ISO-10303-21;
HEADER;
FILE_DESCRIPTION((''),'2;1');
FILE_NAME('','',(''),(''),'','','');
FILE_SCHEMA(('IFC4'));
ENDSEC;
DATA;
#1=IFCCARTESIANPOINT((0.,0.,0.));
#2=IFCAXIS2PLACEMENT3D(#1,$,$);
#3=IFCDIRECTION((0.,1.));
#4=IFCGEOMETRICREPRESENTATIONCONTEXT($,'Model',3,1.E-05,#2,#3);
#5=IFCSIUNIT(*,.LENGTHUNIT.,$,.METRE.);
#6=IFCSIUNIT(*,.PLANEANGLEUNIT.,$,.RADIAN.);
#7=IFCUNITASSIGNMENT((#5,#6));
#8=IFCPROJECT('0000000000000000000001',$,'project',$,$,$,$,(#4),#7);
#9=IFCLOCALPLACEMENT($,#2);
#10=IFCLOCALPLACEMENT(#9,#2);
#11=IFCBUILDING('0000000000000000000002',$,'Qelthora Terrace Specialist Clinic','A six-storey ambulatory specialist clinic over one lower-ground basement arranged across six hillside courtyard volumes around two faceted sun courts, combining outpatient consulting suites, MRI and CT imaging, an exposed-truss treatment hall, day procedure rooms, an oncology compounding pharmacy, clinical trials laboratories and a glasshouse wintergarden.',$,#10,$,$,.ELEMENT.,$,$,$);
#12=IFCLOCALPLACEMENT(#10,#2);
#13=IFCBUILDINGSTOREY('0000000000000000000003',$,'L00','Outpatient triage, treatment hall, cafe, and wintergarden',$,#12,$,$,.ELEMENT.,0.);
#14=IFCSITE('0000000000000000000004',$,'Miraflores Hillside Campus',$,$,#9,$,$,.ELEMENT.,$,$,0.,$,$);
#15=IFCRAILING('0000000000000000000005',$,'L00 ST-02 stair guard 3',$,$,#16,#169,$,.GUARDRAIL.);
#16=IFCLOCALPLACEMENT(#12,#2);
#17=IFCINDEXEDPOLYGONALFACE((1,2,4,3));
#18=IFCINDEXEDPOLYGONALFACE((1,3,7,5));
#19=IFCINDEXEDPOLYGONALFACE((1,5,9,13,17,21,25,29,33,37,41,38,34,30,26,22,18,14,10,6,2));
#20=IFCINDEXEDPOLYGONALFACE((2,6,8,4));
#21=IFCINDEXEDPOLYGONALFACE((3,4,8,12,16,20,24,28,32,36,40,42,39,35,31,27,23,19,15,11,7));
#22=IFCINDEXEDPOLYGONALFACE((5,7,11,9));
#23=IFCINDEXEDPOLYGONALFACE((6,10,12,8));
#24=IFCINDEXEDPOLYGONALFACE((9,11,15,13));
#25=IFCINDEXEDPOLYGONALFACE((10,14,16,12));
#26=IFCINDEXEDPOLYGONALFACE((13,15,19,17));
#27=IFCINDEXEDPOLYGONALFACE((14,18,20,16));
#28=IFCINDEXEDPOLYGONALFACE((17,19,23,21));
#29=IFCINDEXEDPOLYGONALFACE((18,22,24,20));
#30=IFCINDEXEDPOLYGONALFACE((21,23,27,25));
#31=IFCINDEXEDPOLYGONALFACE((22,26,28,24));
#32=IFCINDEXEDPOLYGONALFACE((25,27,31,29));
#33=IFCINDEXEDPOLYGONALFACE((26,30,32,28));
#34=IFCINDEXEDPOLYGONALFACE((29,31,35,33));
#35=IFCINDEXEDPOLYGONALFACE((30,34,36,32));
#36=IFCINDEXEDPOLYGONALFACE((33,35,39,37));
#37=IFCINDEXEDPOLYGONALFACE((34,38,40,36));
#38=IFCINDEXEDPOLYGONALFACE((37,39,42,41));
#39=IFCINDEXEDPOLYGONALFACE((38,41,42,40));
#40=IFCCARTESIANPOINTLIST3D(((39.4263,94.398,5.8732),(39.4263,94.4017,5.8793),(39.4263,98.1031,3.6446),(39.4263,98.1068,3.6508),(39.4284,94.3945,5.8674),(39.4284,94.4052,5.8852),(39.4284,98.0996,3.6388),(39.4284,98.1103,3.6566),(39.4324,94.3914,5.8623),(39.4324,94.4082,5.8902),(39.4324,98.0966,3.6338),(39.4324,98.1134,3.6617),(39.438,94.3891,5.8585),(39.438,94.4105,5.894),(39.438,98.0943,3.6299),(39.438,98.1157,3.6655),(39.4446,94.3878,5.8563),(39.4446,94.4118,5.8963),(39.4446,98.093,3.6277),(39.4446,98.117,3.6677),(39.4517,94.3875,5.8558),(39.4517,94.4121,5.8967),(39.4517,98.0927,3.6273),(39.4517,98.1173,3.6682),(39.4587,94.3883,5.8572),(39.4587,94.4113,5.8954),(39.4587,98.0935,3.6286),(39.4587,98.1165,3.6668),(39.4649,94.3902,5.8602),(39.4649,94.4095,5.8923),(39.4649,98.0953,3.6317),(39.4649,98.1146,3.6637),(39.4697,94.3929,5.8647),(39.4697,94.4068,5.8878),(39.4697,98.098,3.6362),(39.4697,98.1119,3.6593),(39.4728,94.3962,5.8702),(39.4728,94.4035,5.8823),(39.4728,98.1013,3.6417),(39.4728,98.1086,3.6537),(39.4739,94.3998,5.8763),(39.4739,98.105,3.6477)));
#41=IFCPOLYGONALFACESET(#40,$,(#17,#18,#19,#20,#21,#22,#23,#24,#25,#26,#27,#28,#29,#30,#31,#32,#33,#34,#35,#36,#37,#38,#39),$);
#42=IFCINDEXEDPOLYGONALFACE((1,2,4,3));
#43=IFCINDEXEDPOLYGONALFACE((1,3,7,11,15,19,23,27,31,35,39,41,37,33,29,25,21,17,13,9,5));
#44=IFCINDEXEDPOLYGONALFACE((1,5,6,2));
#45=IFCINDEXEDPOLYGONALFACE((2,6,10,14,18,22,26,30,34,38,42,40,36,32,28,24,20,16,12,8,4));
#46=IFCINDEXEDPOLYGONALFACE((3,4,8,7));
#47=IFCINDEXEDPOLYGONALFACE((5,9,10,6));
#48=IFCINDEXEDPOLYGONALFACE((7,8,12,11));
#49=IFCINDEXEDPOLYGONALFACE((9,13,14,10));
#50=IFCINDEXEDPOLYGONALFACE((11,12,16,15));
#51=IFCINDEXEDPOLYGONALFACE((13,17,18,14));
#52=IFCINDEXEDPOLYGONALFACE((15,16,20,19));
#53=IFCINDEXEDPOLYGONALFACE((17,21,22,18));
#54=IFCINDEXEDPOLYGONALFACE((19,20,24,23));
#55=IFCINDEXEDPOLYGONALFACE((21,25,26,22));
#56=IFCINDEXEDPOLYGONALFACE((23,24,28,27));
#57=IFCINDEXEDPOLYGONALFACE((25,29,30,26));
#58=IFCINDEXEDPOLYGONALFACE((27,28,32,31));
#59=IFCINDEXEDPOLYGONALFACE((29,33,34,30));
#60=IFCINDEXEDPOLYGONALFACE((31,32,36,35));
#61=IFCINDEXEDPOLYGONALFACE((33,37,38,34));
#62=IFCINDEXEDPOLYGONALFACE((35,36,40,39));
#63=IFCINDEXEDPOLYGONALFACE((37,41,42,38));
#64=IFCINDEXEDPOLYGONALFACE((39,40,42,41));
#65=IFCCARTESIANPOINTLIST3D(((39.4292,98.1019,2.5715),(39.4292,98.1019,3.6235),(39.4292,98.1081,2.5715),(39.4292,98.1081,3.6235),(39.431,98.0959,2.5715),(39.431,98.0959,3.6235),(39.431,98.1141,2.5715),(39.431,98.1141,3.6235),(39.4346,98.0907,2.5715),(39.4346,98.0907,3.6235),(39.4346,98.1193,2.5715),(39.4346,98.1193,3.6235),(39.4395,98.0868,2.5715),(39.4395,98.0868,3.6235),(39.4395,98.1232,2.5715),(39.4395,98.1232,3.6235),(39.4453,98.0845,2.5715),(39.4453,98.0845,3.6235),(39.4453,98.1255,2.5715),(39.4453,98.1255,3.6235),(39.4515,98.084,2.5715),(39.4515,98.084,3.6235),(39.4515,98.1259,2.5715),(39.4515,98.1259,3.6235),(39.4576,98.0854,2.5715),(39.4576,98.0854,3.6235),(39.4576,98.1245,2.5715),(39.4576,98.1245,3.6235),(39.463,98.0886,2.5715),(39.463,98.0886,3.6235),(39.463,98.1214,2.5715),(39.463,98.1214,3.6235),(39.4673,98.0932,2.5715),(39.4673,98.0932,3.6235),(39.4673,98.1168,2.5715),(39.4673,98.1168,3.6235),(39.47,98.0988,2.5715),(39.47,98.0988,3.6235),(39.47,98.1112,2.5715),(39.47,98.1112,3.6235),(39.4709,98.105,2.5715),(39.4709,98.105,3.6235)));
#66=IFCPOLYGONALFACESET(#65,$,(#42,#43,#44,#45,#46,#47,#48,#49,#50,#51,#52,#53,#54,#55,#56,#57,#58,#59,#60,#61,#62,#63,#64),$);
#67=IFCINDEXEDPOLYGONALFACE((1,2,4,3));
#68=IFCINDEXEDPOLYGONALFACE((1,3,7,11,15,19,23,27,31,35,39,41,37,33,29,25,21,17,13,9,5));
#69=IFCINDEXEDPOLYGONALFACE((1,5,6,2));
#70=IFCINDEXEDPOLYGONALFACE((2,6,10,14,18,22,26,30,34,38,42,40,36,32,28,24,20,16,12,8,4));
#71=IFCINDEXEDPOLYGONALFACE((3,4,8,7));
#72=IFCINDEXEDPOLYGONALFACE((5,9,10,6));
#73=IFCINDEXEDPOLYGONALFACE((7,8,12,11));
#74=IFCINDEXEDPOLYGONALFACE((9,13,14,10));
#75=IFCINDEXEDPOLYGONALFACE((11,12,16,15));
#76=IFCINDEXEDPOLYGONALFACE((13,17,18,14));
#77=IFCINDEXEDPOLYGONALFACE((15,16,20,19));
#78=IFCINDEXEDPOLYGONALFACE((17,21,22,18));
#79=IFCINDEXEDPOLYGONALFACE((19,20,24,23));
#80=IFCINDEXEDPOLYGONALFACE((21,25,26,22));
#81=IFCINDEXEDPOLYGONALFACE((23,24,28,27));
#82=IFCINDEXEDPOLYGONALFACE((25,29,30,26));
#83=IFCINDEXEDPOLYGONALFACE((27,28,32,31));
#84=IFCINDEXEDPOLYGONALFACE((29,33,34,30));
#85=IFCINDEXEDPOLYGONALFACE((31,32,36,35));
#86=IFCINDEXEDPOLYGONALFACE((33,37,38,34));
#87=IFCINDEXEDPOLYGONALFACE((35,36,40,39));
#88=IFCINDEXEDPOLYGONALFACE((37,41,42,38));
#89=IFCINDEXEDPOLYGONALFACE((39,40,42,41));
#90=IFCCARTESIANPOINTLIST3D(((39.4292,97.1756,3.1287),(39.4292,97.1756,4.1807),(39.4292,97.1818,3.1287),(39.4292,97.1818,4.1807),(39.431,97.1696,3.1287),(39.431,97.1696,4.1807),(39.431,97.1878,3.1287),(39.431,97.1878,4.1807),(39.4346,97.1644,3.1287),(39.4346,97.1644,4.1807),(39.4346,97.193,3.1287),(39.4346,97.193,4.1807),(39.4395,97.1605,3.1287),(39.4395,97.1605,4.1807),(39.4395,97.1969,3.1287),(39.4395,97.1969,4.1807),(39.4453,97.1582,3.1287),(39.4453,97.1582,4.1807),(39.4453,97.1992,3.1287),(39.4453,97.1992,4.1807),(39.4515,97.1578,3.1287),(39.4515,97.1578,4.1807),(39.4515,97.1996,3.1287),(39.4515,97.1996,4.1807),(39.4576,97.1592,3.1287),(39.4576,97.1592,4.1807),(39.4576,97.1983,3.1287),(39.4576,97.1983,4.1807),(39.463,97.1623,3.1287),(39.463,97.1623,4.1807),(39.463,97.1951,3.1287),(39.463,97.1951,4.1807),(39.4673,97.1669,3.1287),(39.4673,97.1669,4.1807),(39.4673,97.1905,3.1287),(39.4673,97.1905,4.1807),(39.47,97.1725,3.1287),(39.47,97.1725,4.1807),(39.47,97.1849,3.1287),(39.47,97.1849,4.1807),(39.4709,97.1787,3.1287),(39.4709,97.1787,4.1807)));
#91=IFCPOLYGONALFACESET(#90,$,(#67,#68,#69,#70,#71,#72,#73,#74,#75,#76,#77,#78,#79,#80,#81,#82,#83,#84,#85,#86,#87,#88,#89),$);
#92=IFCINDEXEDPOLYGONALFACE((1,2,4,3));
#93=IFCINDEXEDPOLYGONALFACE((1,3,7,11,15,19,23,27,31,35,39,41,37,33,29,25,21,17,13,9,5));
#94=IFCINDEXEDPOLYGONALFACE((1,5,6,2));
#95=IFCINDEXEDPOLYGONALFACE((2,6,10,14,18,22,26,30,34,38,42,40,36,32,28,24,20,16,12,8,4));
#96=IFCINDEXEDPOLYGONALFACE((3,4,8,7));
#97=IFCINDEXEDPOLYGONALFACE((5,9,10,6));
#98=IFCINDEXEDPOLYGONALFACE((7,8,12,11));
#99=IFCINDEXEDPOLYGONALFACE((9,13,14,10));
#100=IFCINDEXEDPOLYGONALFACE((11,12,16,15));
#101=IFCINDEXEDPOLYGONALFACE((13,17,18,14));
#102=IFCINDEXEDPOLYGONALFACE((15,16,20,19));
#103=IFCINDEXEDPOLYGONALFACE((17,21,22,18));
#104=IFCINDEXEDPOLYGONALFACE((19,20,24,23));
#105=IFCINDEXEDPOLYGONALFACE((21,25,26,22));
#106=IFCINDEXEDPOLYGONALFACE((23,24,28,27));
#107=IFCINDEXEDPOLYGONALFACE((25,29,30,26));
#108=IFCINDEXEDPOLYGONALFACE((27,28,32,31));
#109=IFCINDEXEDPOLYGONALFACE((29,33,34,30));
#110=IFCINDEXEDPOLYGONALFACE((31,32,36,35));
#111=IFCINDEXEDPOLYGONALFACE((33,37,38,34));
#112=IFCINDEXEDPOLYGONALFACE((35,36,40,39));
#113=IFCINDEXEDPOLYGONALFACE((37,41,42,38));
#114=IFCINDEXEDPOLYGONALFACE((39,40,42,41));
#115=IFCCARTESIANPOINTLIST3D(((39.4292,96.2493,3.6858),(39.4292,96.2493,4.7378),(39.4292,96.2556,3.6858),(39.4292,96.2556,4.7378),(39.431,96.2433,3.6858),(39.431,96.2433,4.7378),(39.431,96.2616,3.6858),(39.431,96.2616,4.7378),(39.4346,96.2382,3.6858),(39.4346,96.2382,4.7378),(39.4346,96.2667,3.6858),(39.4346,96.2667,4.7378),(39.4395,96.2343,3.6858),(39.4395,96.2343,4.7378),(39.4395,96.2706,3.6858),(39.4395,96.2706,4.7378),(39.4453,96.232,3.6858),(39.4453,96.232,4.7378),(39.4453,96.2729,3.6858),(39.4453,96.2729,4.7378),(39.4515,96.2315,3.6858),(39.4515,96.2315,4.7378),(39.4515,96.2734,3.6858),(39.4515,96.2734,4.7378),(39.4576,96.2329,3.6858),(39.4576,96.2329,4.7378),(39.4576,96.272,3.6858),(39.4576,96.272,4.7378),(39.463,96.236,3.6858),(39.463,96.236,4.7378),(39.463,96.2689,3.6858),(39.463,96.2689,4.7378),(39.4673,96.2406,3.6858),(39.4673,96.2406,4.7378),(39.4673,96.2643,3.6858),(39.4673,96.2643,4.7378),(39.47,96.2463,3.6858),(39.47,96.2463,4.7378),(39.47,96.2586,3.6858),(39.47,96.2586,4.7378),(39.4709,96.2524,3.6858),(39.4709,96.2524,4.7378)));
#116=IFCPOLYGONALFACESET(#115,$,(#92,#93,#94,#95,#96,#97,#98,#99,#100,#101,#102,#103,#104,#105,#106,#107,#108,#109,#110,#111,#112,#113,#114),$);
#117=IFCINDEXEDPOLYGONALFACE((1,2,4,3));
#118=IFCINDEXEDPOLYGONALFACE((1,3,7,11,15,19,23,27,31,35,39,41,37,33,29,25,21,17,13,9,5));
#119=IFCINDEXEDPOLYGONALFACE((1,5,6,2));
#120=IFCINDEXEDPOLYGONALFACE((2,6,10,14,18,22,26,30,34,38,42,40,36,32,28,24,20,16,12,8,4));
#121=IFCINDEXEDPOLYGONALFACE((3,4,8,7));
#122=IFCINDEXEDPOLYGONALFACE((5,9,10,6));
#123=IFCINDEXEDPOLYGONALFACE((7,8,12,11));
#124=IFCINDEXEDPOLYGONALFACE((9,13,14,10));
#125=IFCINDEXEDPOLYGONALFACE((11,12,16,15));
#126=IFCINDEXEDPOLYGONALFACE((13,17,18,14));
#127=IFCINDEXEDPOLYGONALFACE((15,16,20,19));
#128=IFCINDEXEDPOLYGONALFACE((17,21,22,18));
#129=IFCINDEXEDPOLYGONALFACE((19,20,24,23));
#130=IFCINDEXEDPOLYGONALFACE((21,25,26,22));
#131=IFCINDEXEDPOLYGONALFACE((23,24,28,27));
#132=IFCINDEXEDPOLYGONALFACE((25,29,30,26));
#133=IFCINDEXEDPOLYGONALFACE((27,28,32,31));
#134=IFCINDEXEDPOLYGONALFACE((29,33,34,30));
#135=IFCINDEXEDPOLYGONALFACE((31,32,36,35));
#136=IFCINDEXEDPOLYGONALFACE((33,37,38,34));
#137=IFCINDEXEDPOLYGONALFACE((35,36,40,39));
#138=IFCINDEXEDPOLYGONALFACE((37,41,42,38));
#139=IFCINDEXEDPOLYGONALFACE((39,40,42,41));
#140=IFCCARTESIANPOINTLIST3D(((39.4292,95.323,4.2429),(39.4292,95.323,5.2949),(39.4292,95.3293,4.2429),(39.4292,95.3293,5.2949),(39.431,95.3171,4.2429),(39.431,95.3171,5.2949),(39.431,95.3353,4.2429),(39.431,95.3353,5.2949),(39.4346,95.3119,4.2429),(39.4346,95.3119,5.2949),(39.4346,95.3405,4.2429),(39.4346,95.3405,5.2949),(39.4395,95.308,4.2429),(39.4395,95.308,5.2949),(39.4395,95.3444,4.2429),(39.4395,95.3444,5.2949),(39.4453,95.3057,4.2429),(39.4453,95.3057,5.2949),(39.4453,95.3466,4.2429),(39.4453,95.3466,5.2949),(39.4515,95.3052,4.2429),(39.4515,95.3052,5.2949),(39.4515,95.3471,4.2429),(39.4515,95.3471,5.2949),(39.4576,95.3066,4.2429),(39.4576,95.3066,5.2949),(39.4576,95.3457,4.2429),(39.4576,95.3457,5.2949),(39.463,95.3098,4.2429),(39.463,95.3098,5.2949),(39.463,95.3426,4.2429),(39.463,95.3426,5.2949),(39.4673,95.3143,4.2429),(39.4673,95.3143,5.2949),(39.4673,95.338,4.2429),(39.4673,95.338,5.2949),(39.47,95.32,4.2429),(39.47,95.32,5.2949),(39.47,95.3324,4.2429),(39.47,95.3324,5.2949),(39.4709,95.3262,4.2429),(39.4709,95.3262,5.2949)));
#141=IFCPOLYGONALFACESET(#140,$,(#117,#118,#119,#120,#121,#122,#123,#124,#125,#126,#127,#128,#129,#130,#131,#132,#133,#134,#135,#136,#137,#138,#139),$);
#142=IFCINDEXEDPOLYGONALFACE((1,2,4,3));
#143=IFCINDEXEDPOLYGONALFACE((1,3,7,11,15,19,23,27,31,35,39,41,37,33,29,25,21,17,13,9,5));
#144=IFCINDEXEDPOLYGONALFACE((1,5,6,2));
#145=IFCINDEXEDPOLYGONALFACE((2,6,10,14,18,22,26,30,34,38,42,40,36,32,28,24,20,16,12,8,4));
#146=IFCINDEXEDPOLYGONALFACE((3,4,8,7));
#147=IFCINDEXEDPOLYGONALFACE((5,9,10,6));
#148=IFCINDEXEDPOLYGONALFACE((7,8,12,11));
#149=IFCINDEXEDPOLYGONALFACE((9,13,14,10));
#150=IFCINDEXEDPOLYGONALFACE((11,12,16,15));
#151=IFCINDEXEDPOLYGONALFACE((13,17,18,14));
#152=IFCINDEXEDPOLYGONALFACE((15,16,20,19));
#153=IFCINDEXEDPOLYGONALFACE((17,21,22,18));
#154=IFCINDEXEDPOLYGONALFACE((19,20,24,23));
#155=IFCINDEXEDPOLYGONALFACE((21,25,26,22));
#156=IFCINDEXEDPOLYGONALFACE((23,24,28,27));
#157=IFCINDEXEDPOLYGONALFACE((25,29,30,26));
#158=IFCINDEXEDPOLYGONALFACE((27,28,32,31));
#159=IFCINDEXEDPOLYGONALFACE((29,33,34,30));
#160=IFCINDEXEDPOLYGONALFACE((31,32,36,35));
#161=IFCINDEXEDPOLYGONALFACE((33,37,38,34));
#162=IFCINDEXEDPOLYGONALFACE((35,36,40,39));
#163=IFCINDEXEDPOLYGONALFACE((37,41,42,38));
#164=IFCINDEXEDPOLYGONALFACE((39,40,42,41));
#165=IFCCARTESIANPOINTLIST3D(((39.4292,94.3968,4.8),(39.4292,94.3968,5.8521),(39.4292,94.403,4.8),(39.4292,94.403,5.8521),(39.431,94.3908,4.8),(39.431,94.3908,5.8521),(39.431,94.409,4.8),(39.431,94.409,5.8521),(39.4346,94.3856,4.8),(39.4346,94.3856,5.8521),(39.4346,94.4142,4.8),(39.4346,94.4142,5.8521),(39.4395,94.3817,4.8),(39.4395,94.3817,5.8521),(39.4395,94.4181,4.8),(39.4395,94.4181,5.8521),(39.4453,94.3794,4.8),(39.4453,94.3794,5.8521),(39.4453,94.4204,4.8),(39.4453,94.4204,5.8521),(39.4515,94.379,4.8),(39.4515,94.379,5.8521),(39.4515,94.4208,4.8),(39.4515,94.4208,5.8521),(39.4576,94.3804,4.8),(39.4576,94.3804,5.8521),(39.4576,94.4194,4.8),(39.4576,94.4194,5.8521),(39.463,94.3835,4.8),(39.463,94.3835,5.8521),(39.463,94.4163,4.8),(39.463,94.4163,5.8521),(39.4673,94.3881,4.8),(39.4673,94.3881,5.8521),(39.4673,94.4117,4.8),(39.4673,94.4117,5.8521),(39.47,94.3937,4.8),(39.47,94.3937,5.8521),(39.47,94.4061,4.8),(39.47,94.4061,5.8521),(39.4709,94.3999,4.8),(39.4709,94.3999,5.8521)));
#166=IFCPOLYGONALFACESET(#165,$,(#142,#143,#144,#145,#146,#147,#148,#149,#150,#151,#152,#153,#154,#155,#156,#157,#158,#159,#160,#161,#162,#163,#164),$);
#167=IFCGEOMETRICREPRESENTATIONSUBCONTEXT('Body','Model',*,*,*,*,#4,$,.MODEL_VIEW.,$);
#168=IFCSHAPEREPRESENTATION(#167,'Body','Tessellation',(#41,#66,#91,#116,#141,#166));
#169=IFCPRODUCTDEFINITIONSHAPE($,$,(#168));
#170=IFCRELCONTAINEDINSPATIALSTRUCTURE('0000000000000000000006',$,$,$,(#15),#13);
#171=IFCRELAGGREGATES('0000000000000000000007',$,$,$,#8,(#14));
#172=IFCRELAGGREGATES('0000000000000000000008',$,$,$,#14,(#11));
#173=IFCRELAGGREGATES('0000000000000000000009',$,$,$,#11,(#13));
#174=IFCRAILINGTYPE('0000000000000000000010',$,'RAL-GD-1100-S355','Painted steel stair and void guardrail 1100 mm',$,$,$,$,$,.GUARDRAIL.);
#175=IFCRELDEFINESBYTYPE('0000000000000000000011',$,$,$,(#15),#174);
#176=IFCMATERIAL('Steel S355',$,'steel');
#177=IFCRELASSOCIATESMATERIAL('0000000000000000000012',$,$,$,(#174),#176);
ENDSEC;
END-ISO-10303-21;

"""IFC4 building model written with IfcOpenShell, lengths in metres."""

from ifc_helpers import new_model, si_unit, direction, frame, origin, origin_2d, place, context, subcontext, project, spatial, circle, extrude, material, type_object, element, save


model = new_model("IFC4")

# Units and contexts
model_context = context("Model", 3, precision=1e-05, world=origin(), true_north=direction((0.0, 1.0)))
body_context = subcontext(model_context, "Body", "Model", "MODEL_VIEW")
ifc_project = project(units=[si_unit("LENGTHUNIT", "METRE"), si_unit("PLANEANGLEUNIT", "RADIAN")], contexts=[model_context])

# Site, building, storey
site_placement = place(None, origin())
site = spatial("IfcSite", under=ifc_project, at=site_placement, Name="Miraflores Hillside Campus", CompositionType="ELEMENT", RefElevation=0.0)
building_placement = place(site_placement, origin())
building = spatial("IfcBuilding", under=site, at=building_placement, Name="Qelthora Terrace Specialist Clinic", Description="A six-storey ambulatory specialist clinic over one lower-ground basement arranged across six hillside courtyard volumes around two faceted sun courts, combining outpatient consulting suites, MRI and CT imaging, an exposed-truss treatment hall, day procedure rooms, an oncology compounding pharmacy, clinical trials laboratories and a glasshouse wintergarden.", CompositionType="ELEMENT")
storey_placement = place(building_placement, origin())
storey = spatial("IfcBuildingStorey", under=building, at=storey_placement, Name="L00", Description="Outpatient triage, treatment hall, cafe, and wintergarden", CompositionType="ELEMENT", Elevation=0.0)

# Shared definitions
ifc_material_1 = material(Name="Steel S355", Category="steel")

# Railing
railing_type_1 = type_object("IfcRailingType", Name="RAL-GD-1100-S355", Description="Painted steel stair and void guardrail 1100 mm", PredefinedType="GUARDRAIL", material=ifc_material_1)
railing_1_placement = place(storey_placement, frame((39.45, 98.105, 2.5715)))
element("IfcRailing", 1, at=railing_1_placement, inside=storey, type_object=railing_type_1, Name="L00 ST-02 stair guard 3", PredefinedType="GUARDRAIL", context=body_context, shape_type="SweptSolid", body=[
    extrude(circle(Radius=0.0239, at=origin_2d()), frame((0.0, 0.0, 1.0762), z_axis=(0.0, -0.856934, 0.515425), x_axis=(1.0, 0.0, 0.0)), (0.0, 0.0, 1.0), 4.3237),
    extrude(circle(Radius=0.021, at=origin_2d()), origin(), (0.0, 0.0, 1.0), 1.052),
    extrude(circle(Radius=0.021, at=origin_2d()), frame((0.0, -0.9263, 0.5571)), (0.0, 0.0, 1.0), 1.052),
    extrude(circle(Radius=0.021, at=origin_2d()), frame((0.0, -1.8525, 1.1143)), (0.0, 0.0, 1.0), 1.052),
    extrude(circle(Radius=0.021, at=origin_2d()), frame((0.0, -2.7788, 1.6714)), (0.0, 0.0, 1.0), 1.052),
    extrude(circle(Radius=0.021, at=origin_2d()), frame((0.0, -3.7051, 2.2285)), (0.0, 0.0, 1.0), 1.052),
])

save(model, "model.ifc")
